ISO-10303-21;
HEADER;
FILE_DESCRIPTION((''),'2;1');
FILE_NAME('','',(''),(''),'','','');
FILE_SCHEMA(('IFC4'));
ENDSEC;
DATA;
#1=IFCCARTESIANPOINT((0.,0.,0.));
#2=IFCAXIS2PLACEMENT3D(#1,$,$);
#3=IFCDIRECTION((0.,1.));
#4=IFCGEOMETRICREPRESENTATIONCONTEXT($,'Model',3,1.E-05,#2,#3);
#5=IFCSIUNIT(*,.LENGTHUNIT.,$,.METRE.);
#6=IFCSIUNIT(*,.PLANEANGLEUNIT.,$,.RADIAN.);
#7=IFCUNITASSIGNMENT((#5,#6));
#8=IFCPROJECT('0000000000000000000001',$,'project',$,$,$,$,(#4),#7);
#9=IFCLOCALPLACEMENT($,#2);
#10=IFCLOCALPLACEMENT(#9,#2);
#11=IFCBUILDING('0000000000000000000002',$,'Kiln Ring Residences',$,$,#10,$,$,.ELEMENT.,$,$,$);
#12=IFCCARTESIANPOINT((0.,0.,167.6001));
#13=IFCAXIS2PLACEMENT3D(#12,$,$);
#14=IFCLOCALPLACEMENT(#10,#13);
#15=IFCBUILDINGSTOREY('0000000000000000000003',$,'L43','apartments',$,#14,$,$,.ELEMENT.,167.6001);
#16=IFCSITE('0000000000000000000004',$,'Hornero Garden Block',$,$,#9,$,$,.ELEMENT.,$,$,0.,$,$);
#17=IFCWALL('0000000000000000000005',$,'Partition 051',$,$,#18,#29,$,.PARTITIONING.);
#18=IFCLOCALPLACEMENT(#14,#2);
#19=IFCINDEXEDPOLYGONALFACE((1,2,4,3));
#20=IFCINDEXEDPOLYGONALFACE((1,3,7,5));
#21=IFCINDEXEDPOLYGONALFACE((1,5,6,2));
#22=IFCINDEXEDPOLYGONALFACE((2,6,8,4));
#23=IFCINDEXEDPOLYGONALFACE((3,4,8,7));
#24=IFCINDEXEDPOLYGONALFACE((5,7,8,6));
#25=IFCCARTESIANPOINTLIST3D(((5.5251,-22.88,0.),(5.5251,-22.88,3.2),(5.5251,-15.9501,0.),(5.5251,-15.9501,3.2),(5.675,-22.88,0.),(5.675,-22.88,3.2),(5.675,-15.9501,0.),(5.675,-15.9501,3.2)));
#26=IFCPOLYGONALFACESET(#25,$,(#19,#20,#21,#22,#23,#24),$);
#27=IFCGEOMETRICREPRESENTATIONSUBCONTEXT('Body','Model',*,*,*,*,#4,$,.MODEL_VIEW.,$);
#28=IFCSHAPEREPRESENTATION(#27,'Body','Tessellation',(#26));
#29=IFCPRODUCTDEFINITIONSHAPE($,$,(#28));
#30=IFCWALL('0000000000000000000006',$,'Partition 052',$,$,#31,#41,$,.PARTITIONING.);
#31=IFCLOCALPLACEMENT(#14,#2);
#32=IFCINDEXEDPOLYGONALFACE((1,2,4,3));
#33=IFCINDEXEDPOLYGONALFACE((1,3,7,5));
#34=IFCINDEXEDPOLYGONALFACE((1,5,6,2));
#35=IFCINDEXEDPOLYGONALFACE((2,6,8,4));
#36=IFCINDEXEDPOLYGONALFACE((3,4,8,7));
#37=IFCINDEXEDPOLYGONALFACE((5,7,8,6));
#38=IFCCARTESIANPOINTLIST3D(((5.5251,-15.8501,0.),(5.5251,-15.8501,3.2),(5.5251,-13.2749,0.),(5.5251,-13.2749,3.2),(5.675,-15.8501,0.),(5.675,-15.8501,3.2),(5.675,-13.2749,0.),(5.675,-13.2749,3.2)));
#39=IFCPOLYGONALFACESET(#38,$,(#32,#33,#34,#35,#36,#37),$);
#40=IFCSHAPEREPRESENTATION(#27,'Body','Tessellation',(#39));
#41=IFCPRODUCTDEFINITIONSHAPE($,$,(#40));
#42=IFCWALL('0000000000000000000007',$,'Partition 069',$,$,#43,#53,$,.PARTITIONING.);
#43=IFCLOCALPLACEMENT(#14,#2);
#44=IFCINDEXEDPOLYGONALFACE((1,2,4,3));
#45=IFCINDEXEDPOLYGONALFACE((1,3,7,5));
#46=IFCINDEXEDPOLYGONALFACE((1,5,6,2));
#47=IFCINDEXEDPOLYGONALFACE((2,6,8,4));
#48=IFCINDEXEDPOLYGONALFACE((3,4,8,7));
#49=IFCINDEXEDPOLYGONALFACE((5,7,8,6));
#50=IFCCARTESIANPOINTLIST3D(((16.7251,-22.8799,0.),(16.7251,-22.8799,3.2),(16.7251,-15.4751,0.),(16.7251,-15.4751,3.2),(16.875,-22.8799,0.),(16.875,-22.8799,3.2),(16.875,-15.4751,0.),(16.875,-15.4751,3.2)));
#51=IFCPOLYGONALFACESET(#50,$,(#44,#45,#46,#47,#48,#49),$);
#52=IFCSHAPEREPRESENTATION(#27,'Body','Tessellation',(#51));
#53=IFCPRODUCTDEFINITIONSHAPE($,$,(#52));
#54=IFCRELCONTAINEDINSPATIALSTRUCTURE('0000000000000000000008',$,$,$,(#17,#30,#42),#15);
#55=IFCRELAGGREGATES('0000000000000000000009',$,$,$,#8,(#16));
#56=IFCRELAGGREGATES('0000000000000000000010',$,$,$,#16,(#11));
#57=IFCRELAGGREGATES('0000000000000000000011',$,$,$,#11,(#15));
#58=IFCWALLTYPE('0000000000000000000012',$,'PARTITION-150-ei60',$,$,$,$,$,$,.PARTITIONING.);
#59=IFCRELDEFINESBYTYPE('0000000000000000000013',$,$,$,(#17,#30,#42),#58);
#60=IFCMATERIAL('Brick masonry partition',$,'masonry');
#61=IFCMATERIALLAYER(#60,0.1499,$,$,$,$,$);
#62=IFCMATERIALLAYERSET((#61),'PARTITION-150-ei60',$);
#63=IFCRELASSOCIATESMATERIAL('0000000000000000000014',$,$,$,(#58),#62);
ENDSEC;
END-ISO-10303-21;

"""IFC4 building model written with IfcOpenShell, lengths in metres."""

from ifc_helpers import new_model, si_unit, direction, frame, frame_2d, origin, place, context, subcontext, project, spatial, rectangle, extrude, material, layer, layer_set, type_object, element, save


model = new_model("IFC4")

# Units and contexts
model_context = context("Model", 3, precision=1e-05, world=origin(), true_north=direction((0.0, 1.0)))
body_context = subcontext(model_context, "Body", "Model", "MODEL_VIEW")
ifc_project = project(units=[si_unit("LENGTHUNIT", "METRE"), si_unit("PLANEANGLEUNIT", "RADIAN")], contexts=[model_context])

# Site, building, storey
site_placement = place(None, origin())
site = spatial("IfcSite", under=ifc_project, at=site_placement, Name="Hornero Garden Block", CompositionType="ELEMENT", RefElevation=0.0)
building_placement = place(site_placement, origin())
building = spatial("IfcBuilding", under=site, at=building_placement, Name="Kiln Ring Residences", CompositionType="ELEMENT")
storey_placement = place(building_placement, frame((0.0, 0.0, 167.6001)))
storey = spatial("IfcBuildingStorey", under=building, at=storey_placement, Name="L43", Description="apartments", CompositionType="ELEMENT", Elevation=167.6001)

# Walls
ifc_material_1 = material(Name="Brick masonry partition", Category="masonry")
ifc_layer_1 = layer(ifc_material_1, 0.1499)
ifc_layer_set_1 = layer_set([ifc_layer_1], Name="PARTITION-150-ei60")
wall_type_1 = type_object("IfcWallType", Name="PARTITION-150-ei60", PredefinedType="PARTITIONING", material=ifc_layer_set_1)
wall_1_placement = place(storey_placement, frame((5.6001, -22.8799, 0.0), z_axis=(0.0, 0.0, 1.0), x_axis=(0.0, 1.0, 0.0)))
element("IfcWall", 1, at=wall_1_placement, inside=storey, type_object=wall_type_1, Name="Partition 051", PredefinedType="PARTITIONING", context=body_context, shape_type="SweptSolid", body=[
    extrude(rectangle(XDim=6.9299, YDim=0.1499, at=frame_2d((3.4648, 0.0))), origin(), (0.0, 0.0, 1.0), 3.2),
])
wall_2_placement = place(storey_placement, frame((5.6001, -15.8501, 0.0), z_axis=(0.0, 0.0, 1.0), x_axis=(0.0, 1.0, 0.0)))
element("IfcWall", 2, at=wall_2_placement, inside=storey, type_object=wall_type_1, Name="Partition 052", PredefinedType="PARTITIONING", context=body_context, shape_type="SweptSolid", body=[
    extrude(rectangle(XDim=2.5752, YDim=0.1499, at=frame_2d((1.2876, 0.0))), origin(), (0.0, 0.0, 1.0), 3.2),
])
wall_3_placement = place(storey_placement, frame((16.8, -22.8799, 0.0), z_axis=(0.0, 0.0, 1.0), x_axis=(0.0, 1.0, 0.0)))
element("IfcWall", 3, at=wall_3_placement, inside=storey, type_object=wall_type_1, Name="Partition 069", PredefinedType="PARTITIONING", context=body_context, shape_type="SweptSolid", body=[
    extrude(rectangle(XDim=7.4048, YDim=0.1499, at=frame_2d((3.7024, 0.0))), origin(), (0.0, 0.0, 1.0), 3.2),
])

save(model, "model.ifc")
